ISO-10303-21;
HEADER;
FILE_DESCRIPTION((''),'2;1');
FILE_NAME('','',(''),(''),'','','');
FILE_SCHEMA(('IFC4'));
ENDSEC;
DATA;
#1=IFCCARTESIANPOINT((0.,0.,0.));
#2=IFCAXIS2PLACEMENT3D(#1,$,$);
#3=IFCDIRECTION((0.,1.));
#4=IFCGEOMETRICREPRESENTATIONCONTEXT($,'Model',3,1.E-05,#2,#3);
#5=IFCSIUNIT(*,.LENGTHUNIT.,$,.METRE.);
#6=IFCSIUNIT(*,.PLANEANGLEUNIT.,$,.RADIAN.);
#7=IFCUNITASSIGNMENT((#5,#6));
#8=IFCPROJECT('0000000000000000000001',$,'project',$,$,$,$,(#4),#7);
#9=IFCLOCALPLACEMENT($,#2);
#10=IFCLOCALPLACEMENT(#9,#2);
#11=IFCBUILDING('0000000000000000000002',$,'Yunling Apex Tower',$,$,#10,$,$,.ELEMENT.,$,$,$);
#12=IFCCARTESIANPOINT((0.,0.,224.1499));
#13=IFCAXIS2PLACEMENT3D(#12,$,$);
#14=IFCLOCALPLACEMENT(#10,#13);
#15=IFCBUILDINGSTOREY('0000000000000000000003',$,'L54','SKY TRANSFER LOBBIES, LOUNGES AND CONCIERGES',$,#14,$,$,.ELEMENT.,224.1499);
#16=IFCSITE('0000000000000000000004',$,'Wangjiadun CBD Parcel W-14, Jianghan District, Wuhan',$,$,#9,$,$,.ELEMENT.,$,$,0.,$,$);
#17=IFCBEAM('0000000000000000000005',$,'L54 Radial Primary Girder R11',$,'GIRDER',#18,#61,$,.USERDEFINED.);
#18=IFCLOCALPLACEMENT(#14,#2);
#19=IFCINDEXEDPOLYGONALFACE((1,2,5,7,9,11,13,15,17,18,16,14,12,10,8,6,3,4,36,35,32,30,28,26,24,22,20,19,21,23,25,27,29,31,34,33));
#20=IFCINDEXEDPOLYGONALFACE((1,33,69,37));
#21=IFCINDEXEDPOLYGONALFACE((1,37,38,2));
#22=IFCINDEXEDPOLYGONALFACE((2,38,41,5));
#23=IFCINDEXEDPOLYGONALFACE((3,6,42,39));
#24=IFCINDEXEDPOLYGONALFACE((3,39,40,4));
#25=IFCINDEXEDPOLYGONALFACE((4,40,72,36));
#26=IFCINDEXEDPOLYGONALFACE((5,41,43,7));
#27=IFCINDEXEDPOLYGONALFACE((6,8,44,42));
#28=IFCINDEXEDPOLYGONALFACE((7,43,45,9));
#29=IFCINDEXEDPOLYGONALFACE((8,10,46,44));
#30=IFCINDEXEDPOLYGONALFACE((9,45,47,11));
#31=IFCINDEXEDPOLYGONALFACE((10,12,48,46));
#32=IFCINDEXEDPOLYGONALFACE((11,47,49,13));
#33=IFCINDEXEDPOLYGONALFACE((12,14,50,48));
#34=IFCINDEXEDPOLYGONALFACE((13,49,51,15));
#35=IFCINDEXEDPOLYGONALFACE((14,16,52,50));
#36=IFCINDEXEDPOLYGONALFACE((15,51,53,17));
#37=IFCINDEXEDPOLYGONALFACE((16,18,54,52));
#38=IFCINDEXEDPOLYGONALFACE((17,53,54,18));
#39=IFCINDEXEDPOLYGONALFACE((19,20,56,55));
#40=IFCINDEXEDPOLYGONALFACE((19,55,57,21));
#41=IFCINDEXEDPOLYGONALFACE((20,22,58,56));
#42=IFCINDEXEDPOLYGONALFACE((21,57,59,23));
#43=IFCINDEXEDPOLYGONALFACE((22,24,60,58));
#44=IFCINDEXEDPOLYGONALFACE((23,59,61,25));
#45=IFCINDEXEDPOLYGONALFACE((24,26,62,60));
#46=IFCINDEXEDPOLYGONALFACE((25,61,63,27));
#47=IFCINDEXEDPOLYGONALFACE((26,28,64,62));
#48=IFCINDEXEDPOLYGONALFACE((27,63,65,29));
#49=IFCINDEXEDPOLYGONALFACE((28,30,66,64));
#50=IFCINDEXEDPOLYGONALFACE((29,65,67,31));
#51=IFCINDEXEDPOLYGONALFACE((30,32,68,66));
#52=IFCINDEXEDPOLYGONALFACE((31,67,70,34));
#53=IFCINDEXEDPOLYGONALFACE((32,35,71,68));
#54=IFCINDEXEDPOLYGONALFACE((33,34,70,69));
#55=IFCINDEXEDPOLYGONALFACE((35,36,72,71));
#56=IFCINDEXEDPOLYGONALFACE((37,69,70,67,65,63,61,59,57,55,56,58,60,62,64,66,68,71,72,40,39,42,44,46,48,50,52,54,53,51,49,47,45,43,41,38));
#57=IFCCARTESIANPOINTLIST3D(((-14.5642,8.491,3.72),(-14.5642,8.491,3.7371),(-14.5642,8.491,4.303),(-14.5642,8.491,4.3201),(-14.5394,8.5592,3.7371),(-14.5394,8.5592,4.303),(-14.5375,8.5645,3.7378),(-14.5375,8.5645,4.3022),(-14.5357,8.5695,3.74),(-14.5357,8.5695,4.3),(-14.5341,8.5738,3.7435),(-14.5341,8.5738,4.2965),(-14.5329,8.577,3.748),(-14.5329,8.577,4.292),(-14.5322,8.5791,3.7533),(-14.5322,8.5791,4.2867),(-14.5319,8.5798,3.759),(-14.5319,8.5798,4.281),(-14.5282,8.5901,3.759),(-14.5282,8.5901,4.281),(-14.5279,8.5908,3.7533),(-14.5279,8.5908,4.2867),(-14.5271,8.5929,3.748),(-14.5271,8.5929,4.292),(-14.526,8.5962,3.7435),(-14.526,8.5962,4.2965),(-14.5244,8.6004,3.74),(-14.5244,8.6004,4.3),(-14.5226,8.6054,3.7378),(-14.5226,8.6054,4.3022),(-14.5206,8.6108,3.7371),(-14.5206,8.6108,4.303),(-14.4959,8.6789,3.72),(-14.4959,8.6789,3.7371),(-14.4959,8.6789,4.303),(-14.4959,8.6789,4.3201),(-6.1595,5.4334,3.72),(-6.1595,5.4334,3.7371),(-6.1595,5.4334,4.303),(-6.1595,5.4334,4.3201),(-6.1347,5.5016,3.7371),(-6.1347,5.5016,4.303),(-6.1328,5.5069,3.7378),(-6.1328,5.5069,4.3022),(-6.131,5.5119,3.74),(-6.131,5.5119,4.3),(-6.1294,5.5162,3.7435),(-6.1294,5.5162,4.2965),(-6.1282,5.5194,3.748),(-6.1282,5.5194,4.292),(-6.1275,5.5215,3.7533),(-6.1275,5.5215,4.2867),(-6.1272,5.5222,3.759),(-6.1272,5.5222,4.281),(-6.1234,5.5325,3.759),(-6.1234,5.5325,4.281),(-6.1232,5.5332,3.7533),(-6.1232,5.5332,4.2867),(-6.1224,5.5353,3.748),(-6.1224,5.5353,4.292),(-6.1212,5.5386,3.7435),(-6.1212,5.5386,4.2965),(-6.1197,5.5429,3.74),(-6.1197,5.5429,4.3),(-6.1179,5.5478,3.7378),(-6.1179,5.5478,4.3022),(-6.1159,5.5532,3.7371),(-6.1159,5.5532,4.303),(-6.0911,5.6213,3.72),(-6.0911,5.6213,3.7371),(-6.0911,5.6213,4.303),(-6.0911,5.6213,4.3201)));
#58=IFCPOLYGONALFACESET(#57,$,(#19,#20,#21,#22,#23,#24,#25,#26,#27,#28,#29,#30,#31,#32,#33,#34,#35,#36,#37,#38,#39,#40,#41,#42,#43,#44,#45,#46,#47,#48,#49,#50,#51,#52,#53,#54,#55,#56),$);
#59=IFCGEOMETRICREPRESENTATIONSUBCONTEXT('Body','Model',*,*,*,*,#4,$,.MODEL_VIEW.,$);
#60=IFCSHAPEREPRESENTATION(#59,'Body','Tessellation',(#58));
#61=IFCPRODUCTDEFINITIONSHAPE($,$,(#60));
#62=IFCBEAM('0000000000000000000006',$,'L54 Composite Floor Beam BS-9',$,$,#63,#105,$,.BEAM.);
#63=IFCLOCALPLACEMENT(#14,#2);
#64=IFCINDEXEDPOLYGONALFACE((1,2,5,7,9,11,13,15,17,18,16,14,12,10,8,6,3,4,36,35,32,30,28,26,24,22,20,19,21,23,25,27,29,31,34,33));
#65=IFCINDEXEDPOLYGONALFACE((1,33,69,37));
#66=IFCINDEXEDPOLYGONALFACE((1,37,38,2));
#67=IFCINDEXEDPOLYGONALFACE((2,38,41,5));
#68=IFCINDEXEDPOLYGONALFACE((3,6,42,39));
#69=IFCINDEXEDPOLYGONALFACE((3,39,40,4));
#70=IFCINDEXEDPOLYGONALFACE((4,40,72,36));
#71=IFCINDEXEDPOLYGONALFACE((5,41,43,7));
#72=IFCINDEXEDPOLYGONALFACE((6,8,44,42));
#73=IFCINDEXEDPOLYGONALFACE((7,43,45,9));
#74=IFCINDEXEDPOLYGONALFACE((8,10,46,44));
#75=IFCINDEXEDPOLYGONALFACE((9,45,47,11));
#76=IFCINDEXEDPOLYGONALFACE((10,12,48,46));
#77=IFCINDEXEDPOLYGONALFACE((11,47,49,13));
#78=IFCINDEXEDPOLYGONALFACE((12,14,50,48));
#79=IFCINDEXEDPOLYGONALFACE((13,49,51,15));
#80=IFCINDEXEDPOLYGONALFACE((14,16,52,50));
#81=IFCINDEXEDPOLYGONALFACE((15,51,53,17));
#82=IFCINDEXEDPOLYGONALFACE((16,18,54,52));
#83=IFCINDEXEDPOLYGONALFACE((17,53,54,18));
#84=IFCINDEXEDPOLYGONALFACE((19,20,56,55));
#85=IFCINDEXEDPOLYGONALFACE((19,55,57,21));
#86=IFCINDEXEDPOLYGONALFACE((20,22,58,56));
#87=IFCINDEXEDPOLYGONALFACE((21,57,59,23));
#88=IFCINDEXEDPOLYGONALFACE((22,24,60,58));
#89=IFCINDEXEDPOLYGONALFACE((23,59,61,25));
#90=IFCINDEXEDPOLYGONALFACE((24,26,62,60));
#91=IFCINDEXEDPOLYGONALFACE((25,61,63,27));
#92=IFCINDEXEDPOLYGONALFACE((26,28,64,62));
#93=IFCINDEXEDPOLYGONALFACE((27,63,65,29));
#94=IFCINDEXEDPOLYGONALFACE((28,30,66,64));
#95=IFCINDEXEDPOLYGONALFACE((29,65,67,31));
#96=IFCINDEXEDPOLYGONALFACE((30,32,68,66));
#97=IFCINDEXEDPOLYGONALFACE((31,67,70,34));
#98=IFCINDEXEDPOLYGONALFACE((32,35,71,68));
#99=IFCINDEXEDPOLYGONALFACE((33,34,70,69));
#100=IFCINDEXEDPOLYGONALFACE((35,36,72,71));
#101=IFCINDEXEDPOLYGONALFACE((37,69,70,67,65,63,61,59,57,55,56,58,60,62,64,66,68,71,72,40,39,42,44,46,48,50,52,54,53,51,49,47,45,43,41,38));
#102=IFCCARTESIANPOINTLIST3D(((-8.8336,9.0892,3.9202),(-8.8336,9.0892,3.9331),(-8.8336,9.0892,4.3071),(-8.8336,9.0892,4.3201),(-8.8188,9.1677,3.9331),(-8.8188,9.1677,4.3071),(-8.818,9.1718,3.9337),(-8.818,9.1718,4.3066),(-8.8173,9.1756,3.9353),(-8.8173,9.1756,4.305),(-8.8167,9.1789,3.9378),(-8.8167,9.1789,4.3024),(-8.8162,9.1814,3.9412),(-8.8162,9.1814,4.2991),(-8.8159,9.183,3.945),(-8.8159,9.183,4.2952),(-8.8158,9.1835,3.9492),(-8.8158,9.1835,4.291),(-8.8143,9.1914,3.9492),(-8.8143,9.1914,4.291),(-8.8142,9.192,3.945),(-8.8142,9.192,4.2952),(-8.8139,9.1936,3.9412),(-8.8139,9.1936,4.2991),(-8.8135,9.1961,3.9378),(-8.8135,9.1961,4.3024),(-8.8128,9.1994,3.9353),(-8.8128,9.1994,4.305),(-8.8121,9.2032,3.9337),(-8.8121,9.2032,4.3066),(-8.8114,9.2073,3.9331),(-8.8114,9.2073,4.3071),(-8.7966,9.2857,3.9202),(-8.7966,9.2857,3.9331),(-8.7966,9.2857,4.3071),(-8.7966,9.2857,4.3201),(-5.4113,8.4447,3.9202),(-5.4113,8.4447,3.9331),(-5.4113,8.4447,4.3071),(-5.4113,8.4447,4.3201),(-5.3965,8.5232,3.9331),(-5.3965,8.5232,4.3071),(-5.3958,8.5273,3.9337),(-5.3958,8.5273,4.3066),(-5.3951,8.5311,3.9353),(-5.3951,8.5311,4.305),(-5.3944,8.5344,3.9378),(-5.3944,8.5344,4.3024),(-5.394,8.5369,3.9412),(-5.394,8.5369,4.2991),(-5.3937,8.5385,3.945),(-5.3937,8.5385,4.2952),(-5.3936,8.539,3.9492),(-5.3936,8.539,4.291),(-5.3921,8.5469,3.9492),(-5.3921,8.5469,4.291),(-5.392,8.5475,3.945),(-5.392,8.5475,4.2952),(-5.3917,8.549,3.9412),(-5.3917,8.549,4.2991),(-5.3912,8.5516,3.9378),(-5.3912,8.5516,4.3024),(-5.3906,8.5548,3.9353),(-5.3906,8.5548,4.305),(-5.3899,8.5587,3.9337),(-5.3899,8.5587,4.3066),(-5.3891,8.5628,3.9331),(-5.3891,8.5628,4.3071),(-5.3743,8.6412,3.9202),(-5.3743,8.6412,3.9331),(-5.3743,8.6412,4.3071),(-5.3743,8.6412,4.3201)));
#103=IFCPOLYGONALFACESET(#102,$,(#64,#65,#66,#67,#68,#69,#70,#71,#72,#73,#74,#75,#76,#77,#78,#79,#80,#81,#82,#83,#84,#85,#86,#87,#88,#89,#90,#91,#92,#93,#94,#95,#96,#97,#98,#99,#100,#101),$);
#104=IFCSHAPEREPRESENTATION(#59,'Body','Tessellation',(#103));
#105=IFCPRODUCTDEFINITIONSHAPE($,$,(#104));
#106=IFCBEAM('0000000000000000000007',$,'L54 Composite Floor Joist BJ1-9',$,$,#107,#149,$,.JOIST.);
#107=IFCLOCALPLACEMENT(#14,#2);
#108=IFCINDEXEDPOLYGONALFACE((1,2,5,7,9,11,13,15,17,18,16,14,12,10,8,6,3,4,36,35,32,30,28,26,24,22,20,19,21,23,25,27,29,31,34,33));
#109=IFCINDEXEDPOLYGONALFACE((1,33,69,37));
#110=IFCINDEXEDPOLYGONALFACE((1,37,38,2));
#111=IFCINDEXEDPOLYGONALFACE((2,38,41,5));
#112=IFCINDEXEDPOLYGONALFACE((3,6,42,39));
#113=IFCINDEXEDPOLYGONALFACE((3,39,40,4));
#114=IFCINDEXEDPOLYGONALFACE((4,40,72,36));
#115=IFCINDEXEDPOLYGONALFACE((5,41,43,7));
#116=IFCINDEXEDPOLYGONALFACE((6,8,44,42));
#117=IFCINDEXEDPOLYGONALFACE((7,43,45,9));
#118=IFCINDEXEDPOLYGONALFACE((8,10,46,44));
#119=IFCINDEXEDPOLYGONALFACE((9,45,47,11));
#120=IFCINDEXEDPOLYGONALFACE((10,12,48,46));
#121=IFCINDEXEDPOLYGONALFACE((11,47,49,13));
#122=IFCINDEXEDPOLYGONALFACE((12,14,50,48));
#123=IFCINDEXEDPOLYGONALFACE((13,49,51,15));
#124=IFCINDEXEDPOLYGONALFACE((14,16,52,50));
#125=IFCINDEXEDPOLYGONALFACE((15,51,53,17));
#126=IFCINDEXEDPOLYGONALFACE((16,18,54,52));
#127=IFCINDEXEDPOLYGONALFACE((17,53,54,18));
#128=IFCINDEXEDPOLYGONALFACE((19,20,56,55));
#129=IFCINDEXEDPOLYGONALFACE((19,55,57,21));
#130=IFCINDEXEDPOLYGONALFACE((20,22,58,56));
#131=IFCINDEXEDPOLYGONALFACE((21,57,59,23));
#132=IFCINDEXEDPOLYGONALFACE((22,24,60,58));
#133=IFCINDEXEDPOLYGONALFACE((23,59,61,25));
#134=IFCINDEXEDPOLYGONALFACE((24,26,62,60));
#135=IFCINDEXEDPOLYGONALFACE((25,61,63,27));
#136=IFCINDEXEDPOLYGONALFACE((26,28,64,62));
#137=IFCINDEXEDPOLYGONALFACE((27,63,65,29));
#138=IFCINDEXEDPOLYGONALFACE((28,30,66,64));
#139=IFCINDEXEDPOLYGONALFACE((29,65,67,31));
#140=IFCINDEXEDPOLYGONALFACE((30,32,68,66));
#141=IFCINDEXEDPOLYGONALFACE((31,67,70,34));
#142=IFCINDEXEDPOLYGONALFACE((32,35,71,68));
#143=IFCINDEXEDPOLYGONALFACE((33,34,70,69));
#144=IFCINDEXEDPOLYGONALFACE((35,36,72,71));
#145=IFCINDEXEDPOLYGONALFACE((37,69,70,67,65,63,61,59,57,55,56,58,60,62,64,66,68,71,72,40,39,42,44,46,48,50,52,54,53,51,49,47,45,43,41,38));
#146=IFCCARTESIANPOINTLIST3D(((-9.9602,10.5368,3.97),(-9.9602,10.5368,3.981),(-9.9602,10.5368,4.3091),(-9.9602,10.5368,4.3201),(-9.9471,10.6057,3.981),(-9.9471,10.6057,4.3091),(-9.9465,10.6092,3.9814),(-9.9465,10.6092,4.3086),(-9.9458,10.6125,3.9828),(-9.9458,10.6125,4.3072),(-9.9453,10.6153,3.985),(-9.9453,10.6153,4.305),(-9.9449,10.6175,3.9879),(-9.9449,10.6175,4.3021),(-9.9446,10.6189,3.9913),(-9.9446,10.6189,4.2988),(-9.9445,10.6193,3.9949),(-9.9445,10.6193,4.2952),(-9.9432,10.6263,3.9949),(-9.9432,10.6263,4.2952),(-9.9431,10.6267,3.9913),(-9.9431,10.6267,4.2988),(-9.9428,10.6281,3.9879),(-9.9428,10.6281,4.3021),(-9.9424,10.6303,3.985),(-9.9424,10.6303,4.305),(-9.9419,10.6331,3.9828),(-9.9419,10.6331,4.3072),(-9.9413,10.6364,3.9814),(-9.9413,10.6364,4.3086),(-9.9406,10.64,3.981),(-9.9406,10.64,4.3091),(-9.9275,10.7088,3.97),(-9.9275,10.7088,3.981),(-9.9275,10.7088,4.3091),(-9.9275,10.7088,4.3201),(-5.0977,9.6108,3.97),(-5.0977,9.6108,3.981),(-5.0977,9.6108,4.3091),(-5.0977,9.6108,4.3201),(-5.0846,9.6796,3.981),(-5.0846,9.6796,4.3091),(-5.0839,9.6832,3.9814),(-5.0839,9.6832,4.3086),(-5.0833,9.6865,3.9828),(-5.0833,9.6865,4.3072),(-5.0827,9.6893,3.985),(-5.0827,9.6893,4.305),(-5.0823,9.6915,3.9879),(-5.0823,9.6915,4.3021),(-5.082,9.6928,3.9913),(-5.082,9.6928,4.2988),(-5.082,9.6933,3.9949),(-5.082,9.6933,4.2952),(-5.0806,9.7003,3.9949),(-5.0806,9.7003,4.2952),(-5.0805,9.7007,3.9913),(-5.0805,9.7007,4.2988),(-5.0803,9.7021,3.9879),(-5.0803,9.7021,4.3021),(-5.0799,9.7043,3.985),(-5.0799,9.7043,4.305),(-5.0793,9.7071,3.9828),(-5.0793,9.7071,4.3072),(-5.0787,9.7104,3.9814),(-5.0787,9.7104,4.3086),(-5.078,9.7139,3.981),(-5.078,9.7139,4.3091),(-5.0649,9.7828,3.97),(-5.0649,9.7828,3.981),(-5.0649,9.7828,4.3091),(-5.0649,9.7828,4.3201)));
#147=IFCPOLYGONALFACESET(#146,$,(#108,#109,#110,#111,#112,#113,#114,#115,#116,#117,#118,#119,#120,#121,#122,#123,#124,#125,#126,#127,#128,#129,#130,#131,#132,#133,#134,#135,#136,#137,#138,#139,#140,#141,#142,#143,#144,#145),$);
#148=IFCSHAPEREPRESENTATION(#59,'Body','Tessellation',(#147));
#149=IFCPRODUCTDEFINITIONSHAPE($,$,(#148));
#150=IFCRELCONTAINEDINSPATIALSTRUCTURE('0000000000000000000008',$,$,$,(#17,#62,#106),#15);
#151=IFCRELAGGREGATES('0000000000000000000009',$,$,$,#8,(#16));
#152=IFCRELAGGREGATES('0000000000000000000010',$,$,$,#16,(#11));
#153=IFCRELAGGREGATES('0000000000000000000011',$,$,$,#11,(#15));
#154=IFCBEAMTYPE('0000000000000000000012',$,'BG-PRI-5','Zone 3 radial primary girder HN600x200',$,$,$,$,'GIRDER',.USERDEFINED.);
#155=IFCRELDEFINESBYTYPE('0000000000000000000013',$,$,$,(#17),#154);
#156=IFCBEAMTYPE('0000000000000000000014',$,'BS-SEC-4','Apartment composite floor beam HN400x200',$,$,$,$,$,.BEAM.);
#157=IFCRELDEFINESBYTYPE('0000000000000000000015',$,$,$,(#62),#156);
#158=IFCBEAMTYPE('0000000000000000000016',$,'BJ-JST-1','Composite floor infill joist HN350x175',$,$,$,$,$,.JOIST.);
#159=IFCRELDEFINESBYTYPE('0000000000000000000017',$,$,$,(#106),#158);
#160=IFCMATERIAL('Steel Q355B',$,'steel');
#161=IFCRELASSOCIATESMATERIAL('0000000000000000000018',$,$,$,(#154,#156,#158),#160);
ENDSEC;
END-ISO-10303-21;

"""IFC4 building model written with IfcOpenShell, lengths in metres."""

from ifc_helpers import new_model, si_unit, direction, frame, origin, origin_2d, place, context, subcontext, project, spatial, i_section, extrude, source, transform, mapped, material, material_profile, profile_set, type_object, element, save


model = new_model("IFC4")

# Units and contexts
model_context = context("Model", 3, precision=1e-05, world=origin(), true_north=direction((0.0, 1.0)))
body_context = subcontext(model_context, "Body", "Model", "MODEL_VIEW")
ifc_project = project(units=[si_unit("LENGTHUNIT", "METRE"), si_unit("PLANEANGLEUNIT", "RADIAN")], contexts=[model_context])

# Site, building, storey
site_placement = place(None, origin())
site = spatial("IfcSite", under=ifc_project, at=site_placement, Name="Wangjiadun CBD Parcel W-14, Jianghan District, Wuhan", CompositionType="ELEMENT", RefElevation=0.0)
building_placement = place(site_placement, origin())
building = spatial("IfcBuilding", under=site, at=building_placement, Name="Yunling Apex Tower", CompositionType="ELEMENT")
storey_placement = place(building_placement, frame((0.0, 0.0, 224.1499)))
storey = spatial("IfcBuildingStorey", under=building, at=storey_placement, Name="L54", Description="SKY TRANSFER LOBBIES, LOUNGES AND CONCIERGES", CompositionType="ELEMENT", Elevation=224.1499)

# Beams
ifc_material_1 = material(Name="Steel Q355B", Category="steel")
ifc_material_profile_1 = material_profile(ifc_material_1, i_section(OverallWidth=0.2, OverallDepth=0.6001, WebThickness=0.011, FlangeThickness=0.0171, FilletRadius=0.022, at=origin_2d()))
ifc_profile_set_1 = profile_set([ifc_material_profile_1], Name="Steel Q355B")
beam_type_1 = type_object("IfcBeamType", Name="BG-PRI-5", Description="Zone 3 radial primary girder HN600x200", ElementType="GIRDER", PredefinedType="USERDEFINED", material=ifc_profile_set_1)
shared_shape_1 = source(origin(), body_context, "Body", "SweptSolid", [
    extrude(i_section(OverallWidth=0.2, OverallDepth=0.6001, WebThickness=0.011, FlangeThickness=0.0171, FilletRadius=0.022, at=origin_2d()), origin(), (0.0, 0.0, 1.0), 8.9436),
])
beam_1_placement = place(storey_placement, frame((-14.53, 8.585, 4.02), z_axis=(0.939746, -0.341875, 0.0), x_axis=(0.341875, 0.939746, 0.0)))
element("IfcBeam", 1, at=beam_1_placement, inside=storey, type_object=beam_type_1, Name="L54 Radial Primary Girder R11", ObjectType="GIRDER", PredefinedType="USERDEFINED", context=body_context, shape_type="MappedRepresentation", body=[
    mapped(shared_shape_1, transform((0.0, 0.0, 0.0), scale=1.0)),
])
ifc_material_profile_2 = material_profile(ifc_material_1, i_section(OverallWidth=0.2, OverallDepth=0.3999, WebThickness=0.0081, FlangeThickness=0.0129, FilletRadius=0.0161, at=origin_2d()))
ifc_profile_set_2 = profile_set([ifc_material_profile_2], Name="Steel Q355B")
beam_type_2 = type_object("IfcBeamType", Name="BS-SEC-4", Description="Apartment composite floor beam HN400x200", PredefinedType="BEAM", material=ifc_profile_set_2)
shared_shape_2 = source(origin(), body_context, "Body", "SweptSolid", [
    extrude(i_section(OverallWidth=0.2, OverallDepth=0.3999, WebThickness=0.0081, FlangeThickness=0.0129, FilletRadius=0.0161, at=origin_2d()), origin(), (0.0, 0.0, 1.0), 3.4824),
])
beam_2_placement = place(storey_placement, frame((-5.3928, 8.543, 4.1201), z_axis=(-0.982724, 0.185076, 0.0), x_axis=(-0.185076, -0.982724, 0.0)))
element("IfcBeam", 2, at=beam_2_placement, inside=storey, type_object=beam_type_2, Name="L54 Composite Floor Beam BS-9", PredefinedType="BEAM", context=body_context, shape_type="MappedRepresentation", body=[
    mapped(shared_shape_2, transform((0.0, 0.0, 0.0), scale=1.0)),
])
ifc_material_profile_3 = material_profile(ifc_material_1, i_section(OverallWidth=0.175, OverallDepth=0.3501, WebThickness=0.0071, FlangeThickness=0.011, FilletRadius=0.0139, at=origin_2d()))
ifc_profile_set_3 = profile_set([ifc_material_profile_3], Name="Steel Q355B")
beam_type_3 = type_object("IfcBeamType", Name="BJ-JST-1", Description="Composite floor infill joist HN350x175", PredefinedType="JOIST", material=ifc_profile_set_3)
shared_shape_3 = source(origin(), body_context, "Body", "SweptSolid", [
    extrude(i_section(OverallWidth=0.175, OverallDepth=0.3501, WebThickness=0.0071, FlangeThickness=0.011, FilletRadius=0.0139, at=origin_2d()), origin(), (0.0, 0.0, 1.0), 4.95),
])
beam_3_placement = place(storey_placement, frame((-5.0813, 9.6968, 4.145), z_axis=(-0.982345, 0.187078, 0.0), x_axis=(-0.187078, -0.982345, 0.0)))
element("IfcBeam", 3, at=beam_3_placement, inside=storey, type_object=beam_type_3, Name="L54 Composite Floor Joist BJ1-9", PredefinedType="JOIST", context=body_context, shape_type="MappedRepresentation", body=[
    mapped(shared_shape_3, transform((0.0, 0.0, 0.0), scale=1.0)),
])

save(model, "model.ifc")
